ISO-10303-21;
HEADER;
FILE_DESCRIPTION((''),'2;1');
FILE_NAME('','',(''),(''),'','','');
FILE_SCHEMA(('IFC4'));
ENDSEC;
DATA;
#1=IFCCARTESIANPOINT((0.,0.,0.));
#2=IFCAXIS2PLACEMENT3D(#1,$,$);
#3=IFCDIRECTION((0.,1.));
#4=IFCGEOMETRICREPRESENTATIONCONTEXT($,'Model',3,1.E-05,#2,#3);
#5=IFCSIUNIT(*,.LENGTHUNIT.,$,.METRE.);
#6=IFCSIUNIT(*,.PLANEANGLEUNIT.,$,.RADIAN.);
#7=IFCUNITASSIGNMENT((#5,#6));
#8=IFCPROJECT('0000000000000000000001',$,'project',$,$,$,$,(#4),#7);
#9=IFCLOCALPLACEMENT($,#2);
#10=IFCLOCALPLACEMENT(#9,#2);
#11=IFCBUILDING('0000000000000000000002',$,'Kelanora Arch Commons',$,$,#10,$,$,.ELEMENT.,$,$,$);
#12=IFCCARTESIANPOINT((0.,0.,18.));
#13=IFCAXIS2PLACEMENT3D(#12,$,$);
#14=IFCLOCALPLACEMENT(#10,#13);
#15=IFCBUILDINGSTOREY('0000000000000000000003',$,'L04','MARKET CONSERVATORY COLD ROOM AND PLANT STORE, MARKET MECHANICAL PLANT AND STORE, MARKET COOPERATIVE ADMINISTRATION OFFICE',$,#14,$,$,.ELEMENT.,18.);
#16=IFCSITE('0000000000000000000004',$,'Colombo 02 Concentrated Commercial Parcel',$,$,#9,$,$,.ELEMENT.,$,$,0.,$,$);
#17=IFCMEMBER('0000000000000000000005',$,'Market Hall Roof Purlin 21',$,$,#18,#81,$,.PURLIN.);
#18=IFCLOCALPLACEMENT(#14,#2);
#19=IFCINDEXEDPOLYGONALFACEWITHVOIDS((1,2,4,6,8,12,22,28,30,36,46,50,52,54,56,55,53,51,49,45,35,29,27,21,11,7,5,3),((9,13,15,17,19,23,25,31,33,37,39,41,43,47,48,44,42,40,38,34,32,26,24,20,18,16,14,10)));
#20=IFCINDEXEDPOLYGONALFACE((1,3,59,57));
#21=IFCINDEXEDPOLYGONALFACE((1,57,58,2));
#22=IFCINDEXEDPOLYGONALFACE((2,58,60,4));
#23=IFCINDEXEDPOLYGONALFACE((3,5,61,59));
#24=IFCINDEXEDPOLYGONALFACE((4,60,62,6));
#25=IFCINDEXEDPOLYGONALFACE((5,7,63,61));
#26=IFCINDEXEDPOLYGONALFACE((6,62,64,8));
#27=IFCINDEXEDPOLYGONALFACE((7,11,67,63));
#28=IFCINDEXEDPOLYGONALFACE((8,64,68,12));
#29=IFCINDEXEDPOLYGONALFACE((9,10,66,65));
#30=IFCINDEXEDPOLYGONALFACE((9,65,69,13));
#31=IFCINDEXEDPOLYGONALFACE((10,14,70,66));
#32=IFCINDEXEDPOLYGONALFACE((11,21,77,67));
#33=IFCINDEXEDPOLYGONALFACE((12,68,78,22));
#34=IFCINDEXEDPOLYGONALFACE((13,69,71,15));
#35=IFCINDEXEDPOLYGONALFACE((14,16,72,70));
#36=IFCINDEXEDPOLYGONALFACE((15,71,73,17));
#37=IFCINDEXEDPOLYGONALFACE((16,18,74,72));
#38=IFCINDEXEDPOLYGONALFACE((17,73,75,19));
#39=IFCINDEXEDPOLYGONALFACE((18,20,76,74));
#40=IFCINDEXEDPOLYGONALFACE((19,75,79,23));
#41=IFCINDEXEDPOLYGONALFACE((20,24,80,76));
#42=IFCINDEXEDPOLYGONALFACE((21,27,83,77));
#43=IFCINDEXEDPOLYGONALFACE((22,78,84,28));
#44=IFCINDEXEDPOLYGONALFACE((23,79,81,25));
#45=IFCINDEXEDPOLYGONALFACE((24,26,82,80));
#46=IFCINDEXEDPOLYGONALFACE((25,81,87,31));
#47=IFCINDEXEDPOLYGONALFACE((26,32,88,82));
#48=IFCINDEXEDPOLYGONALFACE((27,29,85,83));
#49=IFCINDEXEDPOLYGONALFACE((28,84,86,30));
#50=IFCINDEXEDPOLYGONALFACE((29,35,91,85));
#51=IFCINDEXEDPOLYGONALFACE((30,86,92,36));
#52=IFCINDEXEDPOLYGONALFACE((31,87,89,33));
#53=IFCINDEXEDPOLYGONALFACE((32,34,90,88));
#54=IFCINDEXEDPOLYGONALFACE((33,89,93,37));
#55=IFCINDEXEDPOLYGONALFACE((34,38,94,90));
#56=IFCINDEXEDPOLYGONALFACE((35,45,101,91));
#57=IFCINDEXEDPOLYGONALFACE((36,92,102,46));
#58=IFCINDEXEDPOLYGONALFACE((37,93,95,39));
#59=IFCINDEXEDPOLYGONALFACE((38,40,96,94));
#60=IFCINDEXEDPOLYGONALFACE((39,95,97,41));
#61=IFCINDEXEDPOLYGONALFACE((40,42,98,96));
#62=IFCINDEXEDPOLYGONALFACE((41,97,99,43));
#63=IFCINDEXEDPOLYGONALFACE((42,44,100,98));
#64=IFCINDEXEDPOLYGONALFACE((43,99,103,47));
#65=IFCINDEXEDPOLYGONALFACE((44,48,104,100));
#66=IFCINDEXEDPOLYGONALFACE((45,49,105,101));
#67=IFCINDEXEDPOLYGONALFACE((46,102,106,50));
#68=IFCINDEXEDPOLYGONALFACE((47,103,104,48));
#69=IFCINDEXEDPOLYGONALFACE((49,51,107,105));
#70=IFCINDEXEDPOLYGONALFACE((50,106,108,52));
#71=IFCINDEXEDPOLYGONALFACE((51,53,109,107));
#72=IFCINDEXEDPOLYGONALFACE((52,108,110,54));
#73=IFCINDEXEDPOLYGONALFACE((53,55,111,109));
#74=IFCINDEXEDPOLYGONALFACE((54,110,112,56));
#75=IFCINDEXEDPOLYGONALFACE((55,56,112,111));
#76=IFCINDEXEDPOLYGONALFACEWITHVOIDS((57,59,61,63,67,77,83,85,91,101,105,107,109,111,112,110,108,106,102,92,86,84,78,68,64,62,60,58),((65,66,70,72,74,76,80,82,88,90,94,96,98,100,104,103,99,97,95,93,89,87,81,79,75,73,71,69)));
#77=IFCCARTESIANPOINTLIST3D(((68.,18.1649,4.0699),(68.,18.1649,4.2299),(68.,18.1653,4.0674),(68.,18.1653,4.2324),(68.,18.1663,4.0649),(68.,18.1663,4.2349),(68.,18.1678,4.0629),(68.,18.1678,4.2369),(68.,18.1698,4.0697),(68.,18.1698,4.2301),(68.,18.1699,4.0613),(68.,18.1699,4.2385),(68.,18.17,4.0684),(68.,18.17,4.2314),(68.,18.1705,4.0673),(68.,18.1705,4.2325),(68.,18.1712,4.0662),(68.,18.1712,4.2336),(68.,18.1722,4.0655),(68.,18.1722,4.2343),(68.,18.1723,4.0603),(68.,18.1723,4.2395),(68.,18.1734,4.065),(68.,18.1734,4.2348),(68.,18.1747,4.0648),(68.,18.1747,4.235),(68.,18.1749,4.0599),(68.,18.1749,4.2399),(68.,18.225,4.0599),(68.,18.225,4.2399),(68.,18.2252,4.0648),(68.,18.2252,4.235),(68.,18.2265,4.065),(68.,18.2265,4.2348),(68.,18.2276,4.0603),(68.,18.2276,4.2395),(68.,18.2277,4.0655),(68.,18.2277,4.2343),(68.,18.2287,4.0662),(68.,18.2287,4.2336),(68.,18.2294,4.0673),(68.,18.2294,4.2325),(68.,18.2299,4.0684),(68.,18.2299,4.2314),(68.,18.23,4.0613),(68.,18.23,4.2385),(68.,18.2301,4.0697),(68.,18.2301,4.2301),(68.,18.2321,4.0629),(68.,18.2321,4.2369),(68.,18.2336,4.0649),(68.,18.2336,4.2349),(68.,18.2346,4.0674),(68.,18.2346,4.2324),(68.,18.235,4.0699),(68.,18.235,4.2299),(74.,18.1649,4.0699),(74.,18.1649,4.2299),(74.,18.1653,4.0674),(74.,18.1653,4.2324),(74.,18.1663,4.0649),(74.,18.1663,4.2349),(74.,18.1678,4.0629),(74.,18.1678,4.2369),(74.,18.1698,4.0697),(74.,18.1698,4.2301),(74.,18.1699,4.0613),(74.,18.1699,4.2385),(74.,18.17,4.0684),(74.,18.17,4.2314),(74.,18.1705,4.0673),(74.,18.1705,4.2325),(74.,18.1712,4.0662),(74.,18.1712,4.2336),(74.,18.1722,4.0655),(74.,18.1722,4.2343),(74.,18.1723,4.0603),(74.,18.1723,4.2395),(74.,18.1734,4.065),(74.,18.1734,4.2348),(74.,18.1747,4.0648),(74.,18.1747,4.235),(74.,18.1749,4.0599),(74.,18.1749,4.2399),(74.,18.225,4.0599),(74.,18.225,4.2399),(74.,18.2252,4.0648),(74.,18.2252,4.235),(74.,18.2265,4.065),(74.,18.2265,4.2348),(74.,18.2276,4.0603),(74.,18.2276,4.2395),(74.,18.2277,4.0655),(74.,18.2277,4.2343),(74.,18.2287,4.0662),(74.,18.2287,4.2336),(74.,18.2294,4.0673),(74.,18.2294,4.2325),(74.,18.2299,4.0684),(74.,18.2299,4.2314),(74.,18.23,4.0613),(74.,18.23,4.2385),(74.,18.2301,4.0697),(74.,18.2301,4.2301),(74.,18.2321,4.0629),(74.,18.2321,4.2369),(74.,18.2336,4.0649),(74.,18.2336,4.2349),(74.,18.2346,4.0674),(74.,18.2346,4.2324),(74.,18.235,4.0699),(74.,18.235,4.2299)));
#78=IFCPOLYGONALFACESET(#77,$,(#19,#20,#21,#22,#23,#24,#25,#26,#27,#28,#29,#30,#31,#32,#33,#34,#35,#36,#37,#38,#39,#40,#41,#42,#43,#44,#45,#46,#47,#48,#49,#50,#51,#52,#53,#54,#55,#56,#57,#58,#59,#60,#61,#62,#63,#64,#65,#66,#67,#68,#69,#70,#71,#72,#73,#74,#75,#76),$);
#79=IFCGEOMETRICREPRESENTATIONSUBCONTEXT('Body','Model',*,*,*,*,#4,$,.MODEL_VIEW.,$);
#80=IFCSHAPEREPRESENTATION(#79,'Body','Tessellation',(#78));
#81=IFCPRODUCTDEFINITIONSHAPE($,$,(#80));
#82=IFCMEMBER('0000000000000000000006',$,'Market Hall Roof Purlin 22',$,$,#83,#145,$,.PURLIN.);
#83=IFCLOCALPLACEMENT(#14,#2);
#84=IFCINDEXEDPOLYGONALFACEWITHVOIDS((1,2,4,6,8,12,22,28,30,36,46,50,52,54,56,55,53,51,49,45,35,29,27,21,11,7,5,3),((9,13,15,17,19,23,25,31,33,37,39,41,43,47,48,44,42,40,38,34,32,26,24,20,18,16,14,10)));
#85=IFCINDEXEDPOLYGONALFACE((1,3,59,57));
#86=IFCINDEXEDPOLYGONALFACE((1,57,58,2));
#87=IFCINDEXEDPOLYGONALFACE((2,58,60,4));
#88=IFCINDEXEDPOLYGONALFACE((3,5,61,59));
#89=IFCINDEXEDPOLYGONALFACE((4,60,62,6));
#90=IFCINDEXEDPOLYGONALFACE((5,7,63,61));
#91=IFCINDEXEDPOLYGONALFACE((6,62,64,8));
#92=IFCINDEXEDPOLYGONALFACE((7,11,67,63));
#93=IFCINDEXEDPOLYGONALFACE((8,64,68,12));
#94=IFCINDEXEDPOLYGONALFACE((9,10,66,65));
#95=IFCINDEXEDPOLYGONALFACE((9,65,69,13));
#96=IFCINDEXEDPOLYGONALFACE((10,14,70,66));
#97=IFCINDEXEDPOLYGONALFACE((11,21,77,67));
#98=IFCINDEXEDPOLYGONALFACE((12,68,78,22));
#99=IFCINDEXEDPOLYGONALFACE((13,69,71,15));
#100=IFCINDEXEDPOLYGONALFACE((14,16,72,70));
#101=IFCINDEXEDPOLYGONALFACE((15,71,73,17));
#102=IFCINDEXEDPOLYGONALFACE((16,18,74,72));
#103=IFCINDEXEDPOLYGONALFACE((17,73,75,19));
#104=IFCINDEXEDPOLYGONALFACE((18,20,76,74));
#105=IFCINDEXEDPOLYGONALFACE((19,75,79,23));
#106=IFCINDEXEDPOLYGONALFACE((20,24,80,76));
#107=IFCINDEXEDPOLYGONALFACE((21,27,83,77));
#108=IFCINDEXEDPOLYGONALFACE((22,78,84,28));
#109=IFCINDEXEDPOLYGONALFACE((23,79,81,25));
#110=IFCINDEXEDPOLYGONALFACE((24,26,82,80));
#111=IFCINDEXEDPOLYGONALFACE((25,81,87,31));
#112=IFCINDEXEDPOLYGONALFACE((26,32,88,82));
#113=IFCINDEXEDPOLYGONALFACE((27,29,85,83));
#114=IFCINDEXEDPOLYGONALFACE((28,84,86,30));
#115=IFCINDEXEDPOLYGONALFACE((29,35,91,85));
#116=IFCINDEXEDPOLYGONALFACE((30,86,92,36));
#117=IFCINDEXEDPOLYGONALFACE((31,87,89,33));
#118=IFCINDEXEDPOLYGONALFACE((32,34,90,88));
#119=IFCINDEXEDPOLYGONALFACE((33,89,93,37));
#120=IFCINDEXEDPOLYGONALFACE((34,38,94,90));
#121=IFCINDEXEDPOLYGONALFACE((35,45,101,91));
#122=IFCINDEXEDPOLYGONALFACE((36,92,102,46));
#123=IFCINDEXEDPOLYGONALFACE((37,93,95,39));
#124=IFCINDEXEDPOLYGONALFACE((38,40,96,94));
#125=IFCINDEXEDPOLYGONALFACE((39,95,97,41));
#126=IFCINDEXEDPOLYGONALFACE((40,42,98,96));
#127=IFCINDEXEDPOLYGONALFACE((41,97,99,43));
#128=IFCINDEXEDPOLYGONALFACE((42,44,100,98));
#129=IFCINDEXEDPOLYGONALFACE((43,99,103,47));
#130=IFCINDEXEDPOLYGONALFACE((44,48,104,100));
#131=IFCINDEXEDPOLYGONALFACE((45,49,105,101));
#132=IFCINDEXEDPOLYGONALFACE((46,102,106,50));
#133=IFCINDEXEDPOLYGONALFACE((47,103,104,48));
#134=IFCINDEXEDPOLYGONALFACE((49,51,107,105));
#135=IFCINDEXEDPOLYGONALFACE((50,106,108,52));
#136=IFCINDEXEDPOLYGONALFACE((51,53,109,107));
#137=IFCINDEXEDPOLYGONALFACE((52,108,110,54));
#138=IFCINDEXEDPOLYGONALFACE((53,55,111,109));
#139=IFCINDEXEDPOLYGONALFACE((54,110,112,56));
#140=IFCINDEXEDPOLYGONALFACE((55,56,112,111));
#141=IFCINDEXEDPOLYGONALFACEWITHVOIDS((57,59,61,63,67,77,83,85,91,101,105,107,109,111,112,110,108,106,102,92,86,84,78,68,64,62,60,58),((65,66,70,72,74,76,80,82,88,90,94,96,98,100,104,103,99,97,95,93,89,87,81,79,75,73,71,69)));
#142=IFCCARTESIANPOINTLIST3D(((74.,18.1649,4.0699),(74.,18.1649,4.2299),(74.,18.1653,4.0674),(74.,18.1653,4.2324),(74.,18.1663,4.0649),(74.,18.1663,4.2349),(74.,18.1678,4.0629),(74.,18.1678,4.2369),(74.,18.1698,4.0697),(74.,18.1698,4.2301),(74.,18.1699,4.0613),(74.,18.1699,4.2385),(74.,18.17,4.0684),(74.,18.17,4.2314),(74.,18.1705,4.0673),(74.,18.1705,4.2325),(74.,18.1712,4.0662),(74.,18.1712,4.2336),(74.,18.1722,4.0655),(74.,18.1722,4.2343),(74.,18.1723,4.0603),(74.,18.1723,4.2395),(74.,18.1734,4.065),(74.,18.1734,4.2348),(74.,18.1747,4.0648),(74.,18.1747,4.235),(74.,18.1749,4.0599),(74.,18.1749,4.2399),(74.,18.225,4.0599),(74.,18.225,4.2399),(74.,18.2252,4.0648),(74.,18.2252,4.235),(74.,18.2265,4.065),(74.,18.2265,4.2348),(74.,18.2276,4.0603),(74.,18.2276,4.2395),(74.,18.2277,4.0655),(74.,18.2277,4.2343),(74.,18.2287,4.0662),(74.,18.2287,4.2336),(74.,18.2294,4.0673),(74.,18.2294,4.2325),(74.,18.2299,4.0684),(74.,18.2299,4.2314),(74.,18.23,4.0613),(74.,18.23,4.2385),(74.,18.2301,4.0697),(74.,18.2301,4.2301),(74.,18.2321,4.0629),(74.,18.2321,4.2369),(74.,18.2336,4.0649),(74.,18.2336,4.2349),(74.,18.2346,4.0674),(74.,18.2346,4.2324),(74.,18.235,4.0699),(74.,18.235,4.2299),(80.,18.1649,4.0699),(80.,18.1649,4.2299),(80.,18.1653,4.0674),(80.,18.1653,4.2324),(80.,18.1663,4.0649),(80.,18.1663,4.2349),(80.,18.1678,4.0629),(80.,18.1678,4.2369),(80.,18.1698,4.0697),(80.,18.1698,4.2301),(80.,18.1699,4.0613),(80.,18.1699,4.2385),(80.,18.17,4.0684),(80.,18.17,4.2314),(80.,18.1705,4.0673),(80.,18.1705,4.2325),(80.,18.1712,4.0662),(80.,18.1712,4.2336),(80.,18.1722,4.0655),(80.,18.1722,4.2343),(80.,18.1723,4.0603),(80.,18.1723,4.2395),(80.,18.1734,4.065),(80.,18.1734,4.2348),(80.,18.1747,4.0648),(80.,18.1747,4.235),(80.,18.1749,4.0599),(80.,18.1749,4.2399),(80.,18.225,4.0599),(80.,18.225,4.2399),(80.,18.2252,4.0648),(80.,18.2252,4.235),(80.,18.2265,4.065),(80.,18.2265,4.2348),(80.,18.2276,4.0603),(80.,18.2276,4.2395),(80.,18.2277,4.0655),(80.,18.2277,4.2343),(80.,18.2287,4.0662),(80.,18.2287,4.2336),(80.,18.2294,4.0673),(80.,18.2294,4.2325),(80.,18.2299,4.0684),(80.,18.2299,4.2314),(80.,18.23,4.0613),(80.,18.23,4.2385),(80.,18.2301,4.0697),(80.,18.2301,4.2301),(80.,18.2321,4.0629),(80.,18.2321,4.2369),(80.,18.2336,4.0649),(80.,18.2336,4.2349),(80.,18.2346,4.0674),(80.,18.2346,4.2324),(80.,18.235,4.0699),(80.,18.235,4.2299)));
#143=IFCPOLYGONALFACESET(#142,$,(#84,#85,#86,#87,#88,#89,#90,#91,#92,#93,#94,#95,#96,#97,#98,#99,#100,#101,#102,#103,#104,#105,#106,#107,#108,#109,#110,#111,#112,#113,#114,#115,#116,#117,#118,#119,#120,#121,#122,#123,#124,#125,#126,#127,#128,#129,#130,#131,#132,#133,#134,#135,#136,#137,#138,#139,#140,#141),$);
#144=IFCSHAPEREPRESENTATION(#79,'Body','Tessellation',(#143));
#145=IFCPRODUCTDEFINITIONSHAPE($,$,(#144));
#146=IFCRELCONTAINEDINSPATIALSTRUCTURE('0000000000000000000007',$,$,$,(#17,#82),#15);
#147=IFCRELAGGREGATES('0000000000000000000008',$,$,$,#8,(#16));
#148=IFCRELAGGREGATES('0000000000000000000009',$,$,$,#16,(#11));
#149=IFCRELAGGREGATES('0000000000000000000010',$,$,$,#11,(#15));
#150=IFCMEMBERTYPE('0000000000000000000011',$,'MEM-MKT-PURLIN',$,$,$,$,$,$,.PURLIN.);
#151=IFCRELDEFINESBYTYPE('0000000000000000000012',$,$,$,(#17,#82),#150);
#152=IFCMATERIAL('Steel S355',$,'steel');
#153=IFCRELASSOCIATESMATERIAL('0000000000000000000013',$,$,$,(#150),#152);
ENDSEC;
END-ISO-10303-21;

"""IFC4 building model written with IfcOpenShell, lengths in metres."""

from ifc_helpers import new_model, si_unit, direction, frame, origin, origin_2d, place, context, subcontext, project, spatial, hollow_rectangle, extrude, material, material_profile, profile_set, type_object, element, save


model = new_model("IFC4")

# Units and contexts
model_context = context("Model", 3, precision=1e-05, world=origin(), true_north=direction((0.0, 1.0)))
body_context = subcontext(model_context, "Body", "Model", "MODEL_VIEW")
ifc_project = project(units=[si_unit("LENGTHUNIT", "METRE"), si_unit("PLANEANGLEUNIT", "RADIAN")], contexts=[model_context])

# Site, building, storey
site_placement = place(None, origin())
site = spatial("IfcSite", under=ifc_project, at=site_placement, Name="Colombo 02 Concentrated Commercial Parcel", CompositionType="ELEMENT", RefElevation=0.0)
building_placement = place(site_placement, origin())
building = spatial("IfcBuilding", under=site, at=building_placement, Name="Kelanora Arch Commons", CompositionType="ELEMENT")
storey_placement = place(building_placement, frame((0.0, 0.0, 18.0)))
storey = spatial("IfcBuildingStorey", under=building, at=storey_placement, Name="L04", Description="MARKET CONSERVATORY COLD ROOM AND PLANT STORE, MARKET MECHANICAL PLANT AND STORE, MARKET COOPERATIVE ADMINISTRATION OFFICE", CompositionType="ELEMENT", Elevation=18.0)

# Shared definitions
ifc_material_1 = material(Name="Steel S355", Category="steel")

# Members
ifc_material_profile_1 = material_profile(ifc_material_1, hollow_rectangle(XDim=0.0701, YDim=0.1799, WallThickness=0.0049, InnerFilletRadius=0.0049, OuterFilletRadius=0.01, at=origin_2d()), Name="RHS180x70x5")
ifc_profile_set_1 = profile_set([ifc_material_profile_1], Name="Steel S355")
member_type_1 = type_object("IfcMemberType", Name="MEM-MKT-PURLIN", PredefinedType="PURLIN", material=ifc_profile_set_1)
for number, where, z_axis, x_axis, name in (
    (1, (68.0, 18.2, 4.1499), (1.0, 0.0, 0.0), (0.0, 1.0, 0.0), "Market Hall Roof Purlin 21"),
    (2, (74.0, 18.2, 4.1499), (1.0, 0.0, 0.0), (0.0, 1.0, 0.0), "Market Hall Roof Purlin 22"),
):
    element("IfcMember", number, at=place(storey_placement, frame(where, z_axis=z_axis, x_axis=x_axis)), inside=storey, type_object=member_type_1, Name=name, PredefinedType="PURLIN", context=body_context, shape_type="SweptSolid", body=[
        extrude(hollow_rectangle(XDim=0.0701, YDim=0.1799, WallThickness=0.0049, InnerFilletRadius=0.0049, OuterFilletRadius=0.01, at=origin_2d()), origin(), (0.0, 0.0, 1.0), 6.0),
    ])

save(model, "model.ifc")
